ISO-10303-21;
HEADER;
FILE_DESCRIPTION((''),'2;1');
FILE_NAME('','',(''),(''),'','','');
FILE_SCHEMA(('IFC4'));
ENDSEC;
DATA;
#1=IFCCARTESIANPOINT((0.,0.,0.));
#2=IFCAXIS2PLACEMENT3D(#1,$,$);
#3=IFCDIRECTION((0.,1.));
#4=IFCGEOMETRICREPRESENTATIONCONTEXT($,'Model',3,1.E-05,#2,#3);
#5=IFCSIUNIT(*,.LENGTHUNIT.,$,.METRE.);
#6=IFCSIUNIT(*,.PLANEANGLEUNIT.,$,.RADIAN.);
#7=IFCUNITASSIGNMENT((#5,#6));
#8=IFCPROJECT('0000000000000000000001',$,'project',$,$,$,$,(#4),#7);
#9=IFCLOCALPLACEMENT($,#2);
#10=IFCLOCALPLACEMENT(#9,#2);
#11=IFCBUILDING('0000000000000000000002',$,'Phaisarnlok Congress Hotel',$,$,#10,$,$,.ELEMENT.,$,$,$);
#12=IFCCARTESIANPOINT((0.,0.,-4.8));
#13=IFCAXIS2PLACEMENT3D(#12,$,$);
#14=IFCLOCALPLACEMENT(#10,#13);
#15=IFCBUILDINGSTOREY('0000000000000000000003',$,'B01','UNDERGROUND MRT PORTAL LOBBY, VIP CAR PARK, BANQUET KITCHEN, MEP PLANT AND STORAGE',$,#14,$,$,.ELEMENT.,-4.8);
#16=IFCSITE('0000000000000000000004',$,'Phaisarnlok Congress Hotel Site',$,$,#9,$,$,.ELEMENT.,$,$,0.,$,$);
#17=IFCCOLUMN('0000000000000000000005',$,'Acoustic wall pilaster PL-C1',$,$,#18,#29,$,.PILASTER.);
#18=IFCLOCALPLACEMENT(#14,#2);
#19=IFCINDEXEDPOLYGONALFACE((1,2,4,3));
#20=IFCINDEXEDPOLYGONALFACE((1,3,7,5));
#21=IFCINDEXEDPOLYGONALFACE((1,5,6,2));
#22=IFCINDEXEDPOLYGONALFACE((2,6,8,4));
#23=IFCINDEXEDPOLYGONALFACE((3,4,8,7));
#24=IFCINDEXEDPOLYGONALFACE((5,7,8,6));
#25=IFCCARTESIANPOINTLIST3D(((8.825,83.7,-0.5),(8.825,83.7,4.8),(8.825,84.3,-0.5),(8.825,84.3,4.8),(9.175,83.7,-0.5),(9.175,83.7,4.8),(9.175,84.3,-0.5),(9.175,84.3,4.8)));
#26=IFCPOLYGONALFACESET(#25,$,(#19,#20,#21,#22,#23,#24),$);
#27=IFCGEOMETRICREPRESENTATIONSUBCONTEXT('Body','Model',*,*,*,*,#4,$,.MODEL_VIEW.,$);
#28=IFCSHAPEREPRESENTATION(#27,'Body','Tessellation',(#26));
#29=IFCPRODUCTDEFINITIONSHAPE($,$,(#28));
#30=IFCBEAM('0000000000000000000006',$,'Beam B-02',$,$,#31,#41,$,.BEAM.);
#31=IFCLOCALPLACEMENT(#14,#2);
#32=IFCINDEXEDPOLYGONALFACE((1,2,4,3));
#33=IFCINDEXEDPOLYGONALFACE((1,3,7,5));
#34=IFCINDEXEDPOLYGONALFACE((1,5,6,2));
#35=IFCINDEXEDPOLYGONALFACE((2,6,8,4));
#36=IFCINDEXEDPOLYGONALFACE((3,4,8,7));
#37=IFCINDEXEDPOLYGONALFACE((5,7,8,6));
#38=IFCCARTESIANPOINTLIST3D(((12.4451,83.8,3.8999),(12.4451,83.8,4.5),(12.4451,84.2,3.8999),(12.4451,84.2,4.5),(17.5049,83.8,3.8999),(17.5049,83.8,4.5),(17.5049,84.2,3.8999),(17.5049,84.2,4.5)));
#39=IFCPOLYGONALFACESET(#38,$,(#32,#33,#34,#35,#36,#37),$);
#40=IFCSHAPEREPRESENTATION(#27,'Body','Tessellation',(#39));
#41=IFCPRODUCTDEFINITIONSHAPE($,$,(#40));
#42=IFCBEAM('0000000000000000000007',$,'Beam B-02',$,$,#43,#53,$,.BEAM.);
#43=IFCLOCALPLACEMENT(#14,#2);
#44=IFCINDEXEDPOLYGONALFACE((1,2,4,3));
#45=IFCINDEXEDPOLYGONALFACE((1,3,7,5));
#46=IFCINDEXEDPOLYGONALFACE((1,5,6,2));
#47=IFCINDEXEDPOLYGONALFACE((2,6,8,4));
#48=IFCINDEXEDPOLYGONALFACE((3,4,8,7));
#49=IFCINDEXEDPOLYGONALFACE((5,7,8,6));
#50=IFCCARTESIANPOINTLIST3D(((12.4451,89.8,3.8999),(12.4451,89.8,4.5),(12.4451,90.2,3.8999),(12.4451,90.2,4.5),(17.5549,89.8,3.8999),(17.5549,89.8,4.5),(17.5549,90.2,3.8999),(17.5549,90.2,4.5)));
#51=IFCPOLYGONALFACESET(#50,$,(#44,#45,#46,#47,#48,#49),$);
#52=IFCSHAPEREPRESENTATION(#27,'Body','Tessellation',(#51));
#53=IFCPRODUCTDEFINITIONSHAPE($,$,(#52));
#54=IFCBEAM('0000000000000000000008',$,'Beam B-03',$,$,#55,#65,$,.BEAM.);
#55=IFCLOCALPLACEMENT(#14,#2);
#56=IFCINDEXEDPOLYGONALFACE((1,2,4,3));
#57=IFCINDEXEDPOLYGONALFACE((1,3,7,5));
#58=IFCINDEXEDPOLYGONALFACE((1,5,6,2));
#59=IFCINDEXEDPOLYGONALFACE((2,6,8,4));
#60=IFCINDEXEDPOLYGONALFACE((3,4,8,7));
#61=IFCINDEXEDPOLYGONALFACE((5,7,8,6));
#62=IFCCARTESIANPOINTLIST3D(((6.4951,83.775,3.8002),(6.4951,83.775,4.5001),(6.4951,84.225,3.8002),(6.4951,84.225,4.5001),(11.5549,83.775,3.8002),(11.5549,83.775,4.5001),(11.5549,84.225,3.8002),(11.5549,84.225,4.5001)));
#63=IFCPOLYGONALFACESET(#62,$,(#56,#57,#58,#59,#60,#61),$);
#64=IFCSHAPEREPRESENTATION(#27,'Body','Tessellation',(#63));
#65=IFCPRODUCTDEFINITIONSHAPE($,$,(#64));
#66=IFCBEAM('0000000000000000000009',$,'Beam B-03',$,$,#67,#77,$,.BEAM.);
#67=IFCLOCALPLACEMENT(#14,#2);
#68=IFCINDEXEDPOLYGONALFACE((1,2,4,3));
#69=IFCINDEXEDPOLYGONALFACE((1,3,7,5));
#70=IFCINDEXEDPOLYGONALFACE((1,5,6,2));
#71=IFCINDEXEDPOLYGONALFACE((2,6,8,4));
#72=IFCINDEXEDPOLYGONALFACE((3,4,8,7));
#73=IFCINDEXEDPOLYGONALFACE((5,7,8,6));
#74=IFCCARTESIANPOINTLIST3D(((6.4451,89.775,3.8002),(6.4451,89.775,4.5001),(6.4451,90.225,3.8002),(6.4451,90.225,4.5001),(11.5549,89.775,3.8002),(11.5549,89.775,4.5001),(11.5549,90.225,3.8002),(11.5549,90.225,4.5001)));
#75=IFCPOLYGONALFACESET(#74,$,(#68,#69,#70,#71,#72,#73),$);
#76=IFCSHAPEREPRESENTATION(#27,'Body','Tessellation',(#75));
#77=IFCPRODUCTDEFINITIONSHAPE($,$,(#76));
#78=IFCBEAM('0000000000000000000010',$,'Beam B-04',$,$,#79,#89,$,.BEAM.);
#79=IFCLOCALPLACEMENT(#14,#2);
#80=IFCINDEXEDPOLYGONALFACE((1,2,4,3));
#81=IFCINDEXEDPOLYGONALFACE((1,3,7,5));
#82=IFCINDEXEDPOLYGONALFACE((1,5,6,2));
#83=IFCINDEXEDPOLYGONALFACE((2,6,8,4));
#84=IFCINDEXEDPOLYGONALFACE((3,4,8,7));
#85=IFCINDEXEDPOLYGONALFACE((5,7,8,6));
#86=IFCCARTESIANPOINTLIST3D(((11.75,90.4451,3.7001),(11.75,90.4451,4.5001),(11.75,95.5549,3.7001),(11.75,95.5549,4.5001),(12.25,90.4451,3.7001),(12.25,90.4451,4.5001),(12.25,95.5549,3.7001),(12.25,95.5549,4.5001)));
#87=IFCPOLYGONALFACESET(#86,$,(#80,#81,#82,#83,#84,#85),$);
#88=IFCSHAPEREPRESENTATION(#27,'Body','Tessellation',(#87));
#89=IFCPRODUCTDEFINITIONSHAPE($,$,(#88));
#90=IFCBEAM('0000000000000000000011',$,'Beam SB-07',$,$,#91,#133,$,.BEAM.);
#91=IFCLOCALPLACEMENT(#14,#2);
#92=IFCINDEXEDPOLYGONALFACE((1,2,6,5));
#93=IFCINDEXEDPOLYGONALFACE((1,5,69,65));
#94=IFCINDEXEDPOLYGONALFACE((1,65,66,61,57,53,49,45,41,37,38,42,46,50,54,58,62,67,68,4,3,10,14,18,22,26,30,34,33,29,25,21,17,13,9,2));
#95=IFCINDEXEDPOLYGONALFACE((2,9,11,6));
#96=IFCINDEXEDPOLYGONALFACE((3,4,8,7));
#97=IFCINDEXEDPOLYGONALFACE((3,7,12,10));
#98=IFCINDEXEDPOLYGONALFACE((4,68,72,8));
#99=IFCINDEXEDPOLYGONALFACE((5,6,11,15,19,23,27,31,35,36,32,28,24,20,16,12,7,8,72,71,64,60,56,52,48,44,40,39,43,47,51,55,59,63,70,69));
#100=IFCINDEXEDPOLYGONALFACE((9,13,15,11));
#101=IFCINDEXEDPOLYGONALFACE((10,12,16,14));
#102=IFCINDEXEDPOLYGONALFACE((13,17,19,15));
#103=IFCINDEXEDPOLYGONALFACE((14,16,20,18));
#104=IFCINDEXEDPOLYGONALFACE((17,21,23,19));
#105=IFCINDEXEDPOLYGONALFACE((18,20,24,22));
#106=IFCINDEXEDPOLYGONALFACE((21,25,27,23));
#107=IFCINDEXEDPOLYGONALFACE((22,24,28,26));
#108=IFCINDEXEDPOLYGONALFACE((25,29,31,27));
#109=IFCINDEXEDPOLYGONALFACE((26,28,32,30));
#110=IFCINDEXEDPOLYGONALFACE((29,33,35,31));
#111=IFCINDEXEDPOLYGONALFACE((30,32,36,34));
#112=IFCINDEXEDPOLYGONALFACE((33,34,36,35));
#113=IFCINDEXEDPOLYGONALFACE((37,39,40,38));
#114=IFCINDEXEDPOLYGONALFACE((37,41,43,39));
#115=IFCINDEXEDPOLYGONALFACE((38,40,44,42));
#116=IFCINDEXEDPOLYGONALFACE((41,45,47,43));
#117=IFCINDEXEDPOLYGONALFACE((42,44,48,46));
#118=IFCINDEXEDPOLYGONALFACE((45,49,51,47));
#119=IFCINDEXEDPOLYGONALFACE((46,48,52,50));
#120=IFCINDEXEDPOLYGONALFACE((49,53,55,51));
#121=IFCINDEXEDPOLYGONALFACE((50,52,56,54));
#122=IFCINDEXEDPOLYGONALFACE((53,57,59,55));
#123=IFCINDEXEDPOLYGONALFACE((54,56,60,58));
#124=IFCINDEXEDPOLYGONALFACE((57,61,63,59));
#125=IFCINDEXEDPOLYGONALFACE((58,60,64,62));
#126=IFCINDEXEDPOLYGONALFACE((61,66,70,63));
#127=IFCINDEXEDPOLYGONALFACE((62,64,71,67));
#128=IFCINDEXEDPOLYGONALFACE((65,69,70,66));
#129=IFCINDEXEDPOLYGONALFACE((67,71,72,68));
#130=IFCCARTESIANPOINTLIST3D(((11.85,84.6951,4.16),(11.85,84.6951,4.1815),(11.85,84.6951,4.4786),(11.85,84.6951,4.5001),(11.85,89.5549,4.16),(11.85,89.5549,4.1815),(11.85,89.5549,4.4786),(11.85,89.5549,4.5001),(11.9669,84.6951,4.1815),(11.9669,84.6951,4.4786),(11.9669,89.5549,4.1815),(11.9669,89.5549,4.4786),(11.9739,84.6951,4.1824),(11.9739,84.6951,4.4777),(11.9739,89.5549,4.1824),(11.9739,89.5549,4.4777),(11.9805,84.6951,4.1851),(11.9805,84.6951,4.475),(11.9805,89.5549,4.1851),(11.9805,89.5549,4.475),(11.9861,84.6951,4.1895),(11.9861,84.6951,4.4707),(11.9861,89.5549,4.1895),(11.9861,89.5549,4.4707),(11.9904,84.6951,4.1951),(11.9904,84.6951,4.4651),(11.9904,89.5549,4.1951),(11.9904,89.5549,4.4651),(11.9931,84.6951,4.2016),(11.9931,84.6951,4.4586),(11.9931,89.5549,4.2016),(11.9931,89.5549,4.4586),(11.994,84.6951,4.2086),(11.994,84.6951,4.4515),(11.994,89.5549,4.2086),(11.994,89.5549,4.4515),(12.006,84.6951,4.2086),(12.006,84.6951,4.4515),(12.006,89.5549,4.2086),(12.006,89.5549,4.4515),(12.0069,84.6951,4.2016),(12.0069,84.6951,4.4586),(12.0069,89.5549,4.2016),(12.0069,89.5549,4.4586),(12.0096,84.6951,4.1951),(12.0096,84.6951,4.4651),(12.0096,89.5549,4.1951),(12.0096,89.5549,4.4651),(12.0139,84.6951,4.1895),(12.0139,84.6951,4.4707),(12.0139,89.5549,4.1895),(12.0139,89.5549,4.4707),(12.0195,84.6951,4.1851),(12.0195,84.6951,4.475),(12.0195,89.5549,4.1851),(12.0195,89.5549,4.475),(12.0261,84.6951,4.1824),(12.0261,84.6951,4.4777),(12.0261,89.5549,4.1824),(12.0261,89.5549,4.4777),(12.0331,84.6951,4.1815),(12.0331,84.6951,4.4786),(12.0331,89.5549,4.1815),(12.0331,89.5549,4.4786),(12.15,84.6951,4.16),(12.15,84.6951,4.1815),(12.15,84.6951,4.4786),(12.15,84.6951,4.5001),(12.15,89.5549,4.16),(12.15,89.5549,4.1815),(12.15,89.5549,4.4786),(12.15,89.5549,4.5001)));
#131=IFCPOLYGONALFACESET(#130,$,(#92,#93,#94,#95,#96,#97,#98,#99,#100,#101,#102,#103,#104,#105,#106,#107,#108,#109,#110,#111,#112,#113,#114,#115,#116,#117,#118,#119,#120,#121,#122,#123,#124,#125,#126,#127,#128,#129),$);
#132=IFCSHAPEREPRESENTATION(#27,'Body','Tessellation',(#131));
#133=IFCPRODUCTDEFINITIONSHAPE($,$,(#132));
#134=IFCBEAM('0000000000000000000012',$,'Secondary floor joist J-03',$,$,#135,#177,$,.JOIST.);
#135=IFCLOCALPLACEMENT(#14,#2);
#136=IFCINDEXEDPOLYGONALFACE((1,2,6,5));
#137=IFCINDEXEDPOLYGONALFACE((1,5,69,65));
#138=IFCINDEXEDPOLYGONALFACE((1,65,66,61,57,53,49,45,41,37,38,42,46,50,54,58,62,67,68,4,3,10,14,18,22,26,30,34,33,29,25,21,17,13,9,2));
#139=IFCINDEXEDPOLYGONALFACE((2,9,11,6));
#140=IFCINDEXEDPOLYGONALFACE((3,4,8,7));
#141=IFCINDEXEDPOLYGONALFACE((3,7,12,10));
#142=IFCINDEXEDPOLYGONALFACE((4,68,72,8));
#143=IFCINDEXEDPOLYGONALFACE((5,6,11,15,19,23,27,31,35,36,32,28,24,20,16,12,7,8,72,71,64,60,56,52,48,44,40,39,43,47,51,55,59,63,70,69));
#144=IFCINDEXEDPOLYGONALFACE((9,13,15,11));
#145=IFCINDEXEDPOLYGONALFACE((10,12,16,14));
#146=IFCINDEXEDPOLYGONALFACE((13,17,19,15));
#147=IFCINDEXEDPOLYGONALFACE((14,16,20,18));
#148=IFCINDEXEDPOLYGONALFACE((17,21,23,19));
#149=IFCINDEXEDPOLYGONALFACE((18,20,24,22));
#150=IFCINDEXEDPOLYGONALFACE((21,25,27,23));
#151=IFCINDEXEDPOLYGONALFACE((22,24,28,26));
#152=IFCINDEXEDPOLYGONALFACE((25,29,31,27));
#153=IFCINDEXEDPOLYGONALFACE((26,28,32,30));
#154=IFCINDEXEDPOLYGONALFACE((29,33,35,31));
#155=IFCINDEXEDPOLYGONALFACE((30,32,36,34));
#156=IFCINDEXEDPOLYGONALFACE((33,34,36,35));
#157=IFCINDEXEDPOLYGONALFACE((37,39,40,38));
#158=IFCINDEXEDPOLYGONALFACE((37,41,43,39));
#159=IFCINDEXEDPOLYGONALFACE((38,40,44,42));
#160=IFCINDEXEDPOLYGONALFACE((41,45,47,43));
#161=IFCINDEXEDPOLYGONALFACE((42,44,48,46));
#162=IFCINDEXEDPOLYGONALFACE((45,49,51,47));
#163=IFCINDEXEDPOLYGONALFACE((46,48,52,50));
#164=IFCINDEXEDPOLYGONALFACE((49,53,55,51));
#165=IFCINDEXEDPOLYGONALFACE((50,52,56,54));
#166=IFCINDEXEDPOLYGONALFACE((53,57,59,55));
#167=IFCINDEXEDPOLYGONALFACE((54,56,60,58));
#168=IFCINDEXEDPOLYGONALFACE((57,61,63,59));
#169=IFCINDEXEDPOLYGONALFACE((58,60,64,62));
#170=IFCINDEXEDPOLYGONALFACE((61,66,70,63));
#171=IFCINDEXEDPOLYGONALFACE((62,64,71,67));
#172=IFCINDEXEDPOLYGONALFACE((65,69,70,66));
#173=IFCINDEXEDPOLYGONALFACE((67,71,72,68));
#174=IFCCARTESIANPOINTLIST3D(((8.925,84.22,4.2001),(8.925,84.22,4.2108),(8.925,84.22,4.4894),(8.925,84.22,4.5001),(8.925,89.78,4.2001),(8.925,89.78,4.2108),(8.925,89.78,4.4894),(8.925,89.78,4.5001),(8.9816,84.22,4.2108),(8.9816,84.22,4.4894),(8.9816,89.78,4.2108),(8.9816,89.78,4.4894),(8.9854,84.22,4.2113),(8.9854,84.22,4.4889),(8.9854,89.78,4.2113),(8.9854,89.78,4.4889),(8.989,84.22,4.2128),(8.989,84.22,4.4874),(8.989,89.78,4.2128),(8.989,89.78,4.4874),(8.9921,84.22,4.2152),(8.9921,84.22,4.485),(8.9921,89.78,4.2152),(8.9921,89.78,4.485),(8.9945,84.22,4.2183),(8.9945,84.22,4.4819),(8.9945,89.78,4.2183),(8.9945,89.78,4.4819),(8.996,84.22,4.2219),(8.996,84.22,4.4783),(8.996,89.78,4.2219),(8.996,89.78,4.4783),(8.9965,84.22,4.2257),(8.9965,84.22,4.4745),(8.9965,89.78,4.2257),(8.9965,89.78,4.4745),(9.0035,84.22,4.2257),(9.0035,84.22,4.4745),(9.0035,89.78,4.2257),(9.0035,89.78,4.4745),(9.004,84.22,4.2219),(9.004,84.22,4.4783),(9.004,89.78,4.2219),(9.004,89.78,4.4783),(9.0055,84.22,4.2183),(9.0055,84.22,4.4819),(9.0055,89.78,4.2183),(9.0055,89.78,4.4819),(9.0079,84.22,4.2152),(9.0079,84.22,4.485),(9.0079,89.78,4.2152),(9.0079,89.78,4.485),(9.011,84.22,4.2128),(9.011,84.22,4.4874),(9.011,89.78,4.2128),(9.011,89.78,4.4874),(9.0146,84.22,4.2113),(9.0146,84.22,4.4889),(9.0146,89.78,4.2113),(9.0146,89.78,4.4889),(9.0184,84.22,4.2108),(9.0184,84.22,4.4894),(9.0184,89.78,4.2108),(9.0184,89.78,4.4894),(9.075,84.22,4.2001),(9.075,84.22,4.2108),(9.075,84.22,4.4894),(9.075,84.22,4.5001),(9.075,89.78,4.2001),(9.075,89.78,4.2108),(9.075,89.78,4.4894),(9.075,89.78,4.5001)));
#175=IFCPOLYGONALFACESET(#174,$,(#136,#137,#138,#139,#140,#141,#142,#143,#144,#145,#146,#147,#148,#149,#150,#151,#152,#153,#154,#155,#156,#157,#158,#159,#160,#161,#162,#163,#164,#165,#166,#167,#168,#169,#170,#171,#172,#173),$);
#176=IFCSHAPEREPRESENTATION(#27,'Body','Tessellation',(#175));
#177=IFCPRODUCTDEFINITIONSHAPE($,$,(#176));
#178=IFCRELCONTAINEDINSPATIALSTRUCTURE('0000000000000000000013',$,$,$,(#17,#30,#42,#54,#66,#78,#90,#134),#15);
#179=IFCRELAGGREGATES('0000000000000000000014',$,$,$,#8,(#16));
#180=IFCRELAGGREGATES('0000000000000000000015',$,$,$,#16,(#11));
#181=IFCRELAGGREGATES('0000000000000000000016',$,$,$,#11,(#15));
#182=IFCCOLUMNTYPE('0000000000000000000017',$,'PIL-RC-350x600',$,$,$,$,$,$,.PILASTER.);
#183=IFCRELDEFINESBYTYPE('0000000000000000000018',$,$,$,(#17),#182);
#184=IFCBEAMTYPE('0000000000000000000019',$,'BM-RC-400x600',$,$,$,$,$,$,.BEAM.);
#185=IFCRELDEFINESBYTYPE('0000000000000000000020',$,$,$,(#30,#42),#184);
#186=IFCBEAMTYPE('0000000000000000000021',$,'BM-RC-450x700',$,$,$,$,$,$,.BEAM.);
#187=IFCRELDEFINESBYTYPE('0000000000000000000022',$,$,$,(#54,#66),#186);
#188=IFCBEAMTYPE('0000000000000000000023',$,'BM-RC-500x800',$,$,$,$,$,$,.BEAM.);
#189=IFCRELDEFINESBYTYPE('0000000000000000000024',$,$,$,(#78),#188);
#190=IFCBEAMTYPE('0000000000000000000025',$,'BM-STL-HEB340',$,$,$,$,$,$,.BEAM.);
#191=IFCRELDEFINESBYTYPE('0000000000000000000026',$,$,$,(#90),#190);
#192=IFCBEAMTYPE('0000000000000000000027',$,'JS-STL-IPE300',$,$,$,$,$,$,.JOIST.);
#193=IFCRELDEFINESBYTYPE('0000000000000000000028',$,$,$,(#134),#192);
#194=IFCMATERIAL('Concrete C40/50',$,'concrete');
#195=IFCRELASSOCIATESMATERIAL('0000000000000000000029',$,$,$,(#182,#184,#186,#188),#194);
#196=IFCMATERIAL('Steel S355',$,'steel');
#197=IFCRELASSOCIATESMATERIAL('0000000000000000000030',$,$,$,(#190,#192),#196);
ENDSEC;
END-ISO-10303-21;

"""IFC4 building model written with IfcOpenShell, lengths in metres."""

from ifc_helpers import new_model, si_unit, direction, frame, origin, origin_2d, place, context, subcontext, project, spatial, rectangle, i_section, extrude, material, material_profile, profile_set, type_object, element, save


model = new_model("IFC4")

# Units and contexts
model_context = context("Model", 3, precision=1e-05, world=origin(), true_north=direction((0.0, 1.0)))
body_context = subcontext(model_context, "Body", "Model", "MODEL_VIEW")
ifc_project = project(units=[si_unit("LENGTHUNIT", "METRE"), si_unit("PLANEANGLEUNIT", "RADIAN")], contexts=[model_context])

# Site, building, storey
site_placement = place(None, origin())
site = spatial("IfcSite", under=ifc_project, at=site_placement, Name="Phaisarnlok Congress Hotel Site", CompositionType="ELEMENT", RefElevation=0.0)
building_placement = place(site_placement, origin())
building = spatial("IfcBuilding", under=site, at=building_placement, Name="Phaisarnlok Congress Hotel", CompositionType="ELEMENT")
storey_placement = place(building_placement, frame((0.0, 0.0, -4.8)))
storey = spatial("IfcBuildingStorey", under=building, at=storey_placement, Name="B01", Description="UNDERGROUND MRT PORTAL LOBBY, VIP CAR PARK, BANQUET KITCHEN, MEP PLANT AND STORAGE", CompositionType="ELEMENT", Elevation=-4.8)

# Shared definitions
ifc_material_1 = material(Name="Concrete C40/50", Category="concrete")

# Column
ifc_material_profile_1 = material_profile(ifc_material_1, rectangle(XDim=0.3501, YDim=0.6001, at=origin_2d()), Name="RC 350x600")
ifc_profile_set_1 = profile_set([ifc_material_profile_1], Name="Concrete C40/50")
column_type_1 = type_object("IfcColumnType", Name="PIL-RC-350x600", PredefinedType="PILASTER", material=ifc_profile_set_1)
column_1_placement = place(storey_placement, frame((9.0, 84.0, -0.5), z_axis=(0.0, 0.0, 1.0), x_axis=(1.0, 0.0, 0.0)))
element("IfcColumn", 1, at=column_1_placement, inside=storey, type_object=column_type_1, Name="Acoustic wall pilaster PL-C1", PredefinedType="PILASTER", context=body_context, shape_type="SweptSolid", body=[
    extrude(rectangle(XDim=0.3501, YDim=0.6001, at=origin_2d()), origin(), (0.0, 0.0, 1.0), 5.3),
])

# Beams
ifc_material_profile_2 = material_profile(ifc_material_1, rectangle(XDim=0.3999, YDim=0.6001, at=origin_2d()), Name="RC 400x600")
ifc_profile_set_2 = profile_set([ifc_material_profile_2], Name="Concrete C40/50")
beam_type_1 = type_object("IfcBeamType", Name="BM-RC-400x600", PredefinedType="BEAM", material=ifc_profile_set_2)
beam_1_placement = place(storey_placement, frame((12.4451, 84.0, 4.2), z_axis=(1.0, 0.0, 0.0), x_axis=(0.0, 1.0, 0.0)))
element("IfcBeam", 2, at=beam_1_placement, inside=storey, type_object=beam_type_1, Name="Beam B-02", PredefinedType="BEAM", context=body_context, shape_type="SweptSolid", body=[
    extrude(rectangle(XDim=0.3999, YDim=0.6001, at=origin_2d()), origin(), (0.0, 0.0, 1.0), 5.0598),
])
beam_2_placement = place(storey_placement, frame((12.4451, 90.0, 4.2), z_axis=(1.0, 0.0, 0.0), x_axis=(0.0, 1.0, 0.0)))
element("IfcBeam", 3, at=beam_2_placement, inside=storey, type_object=beam_type_1, Name="Beam B-02", PredefinedType="BEAM", context=body_context, shape_type="SweptSolid", body=[
    extrude(rectangle(XDim=0.3999, YDim=0.6001, at=origin_2d()), origin(), (0.0, 0.0, 1.0), 5.1099),
])
ifc_material_profile_3 = material_profile(ifc_material_1, rectangle(XDim=0.45, YDim=0.7, at=origin_2d()), Name="RC 450x700")
ifc_profile_set_3 = profile_set([ifc_material_profile_3], Name="Concrete C40/50")
beam_type_2 = type_object("IfcBeamType", Name="BM-RC-450x700", PredefinedType="BEAM", material=ifc_profile_set_3)
beam_3_placement = place(storey_placement, frame((6.4951, 84.0, 4.1501), z_axis=(1.0, 0.0, 0.0), x_axis=(0.0, 1.0, 0.0)))
element("IfcBeam", 4, at=beam_3_placement, inside=storey, type_object=beam_type_2, Name="Beam B-03", PredefinedType="BEAM", context=body_context, shape_type="SweptSolid", body=[
    extrude(rectangle(XDim=0.45, YDim=0.7, at=origin_2d()), origin(), (0.0, 0.0, 1.0), 5.0598),
])
beam_4_placement = place(storey_placement, frame((6.4451, 90.0, 4.1501), z_axis=(1.0, 0.0, 0.0), x_axis=(0.0, 1.0, 0.0)))
element("IfcBeam", 5, at=beam_4_placement, inside=storey, type_object=beam_type_2, Name="Beam B-03", PredefinedType="BEAM", context=body_context, shape_type="SweptSolid", body=[
    extrude(rectangle(XDim=0.45, YDim=0.7, at=origin_2d()), origin(), (0.0, 0.0, 1.0), 5.1099),
])
ifc_material_profile_4 = material_profile(ifc_material_1, rectangle(XDim=0.5, YDim=0.8, at=origin_2d()), Name="RC 500x800")
ifc_profile_set_4 = profile_set([ifc_material_profile_4], Name="Concrete C40/50")
beam_type_3 = type_object("IfcBeamType", Name="BM-RC-500x800", PredefinedType="BEAM", material=ifc_profile_set_4)
beam_5_placement = place(storey_placement, frame((12.0, 90.4451, 4.1001), z_axis=(0.0, 1.0, 0.0), x_axis=(-1.0, 0.0, 0.0)))
element("IfcBeam", 6, at=beam_5_placement, inside=storey, type_object=beam_type_3, Name="Beam B-04", PredefinedType="BEAM", context=body_context, shape_type="SweptSolid", body=[
    extrude(rectangle(XDim=0.5, YDim=0.8, at=origin_2d()), origin(), (0.0, 0.0, 1.0), 5.1099),
])
ifc_material_2 = material(Name="Steel S355", Category="steel")
ifc_material_profile_5 = material_profile(ifc_material_2, i_section(OverallWidth=0.3, OverallDepth=0.3401, WebThickness=0.012, FlangeThickness=0.0215, FilletRadius=0.0271, at=origin_2d()), Name="HEB 340")
ifc_profile_set_5 = profile_set([ifc_material_profile_5], Name="Steel S355")
beam_type_4 = type_object("IfcBeamType", Name="BM-STL-HEB340", PredefinedType="BEAM", material=ifc_profile_set_5)
beam_6_placement = place(storey_placement, frame((12.0, 84.6951, 4.3301), z_axis=(0.0, 1.0, 0.0), x_axis=(-1.0, 0.0, 0.0)))
element("IfcBeam", 7, at=beam_6_placement, inside=storey, type_object=beam_type_4, Name="Beam SB-07", PredefinedType="BEAM", context=body_context, shape_type="SweptSolid", body=[
    extrude(i_section(OverallWidth=0.3, OverallDepth=0.3401, WebThickness=0.012, FlangeThickness=0.0215, FilletRadius=0.0271, at=origin_2d()), origin(), (0.0, 0.0, 1.0), 4.8599),
])
ifc_material_profile_6 = material_profile(ifc_material_2, i_section(OverallWidth=0.1499, OverallDepth=0.3, WebThickness=0.0071, FlangeThickness=0.0107, FilletRadius=0.0149, at=origin_2d()), Name="IPE 300")
ifc_profile_set_6 = profile_set([ifc_material_profile_6], Name="Steel S355")
beam_type_5 = type_object("IfcBeamType", Name="JS-STL-IPE300", PredefinedType="JOIST", material=ifc_profile_set_6)
for number, where, z_axis, x_axis, name in (
    (8, (9.0, 84.22, 4.3501), (0.0, 1.0, 0.0), (-1.0, 0.0, 0.0), "Secondary floor joist J-03"),
):
    element("IfcBeam", number, at=place(storey_placement, frame(where, z_axis=z_axis, x_axis=x_axis)), inside=storey, type_object=beam_type_5, Name=name, PredefinedType="JOIST", context=body_context, shape_type="SweptSolid", body=[
        extrude(i_section(OverallWidth=0.1499, OverallDepth=0.3, WebThickness=0.0071, FlangeThickness=0.0107, FilletRadius=0.0149, at=origin_2d()), origin(), (0.0, 0.0, 1.0), 5.5601),
    ])

save(model, "model.ifc")
